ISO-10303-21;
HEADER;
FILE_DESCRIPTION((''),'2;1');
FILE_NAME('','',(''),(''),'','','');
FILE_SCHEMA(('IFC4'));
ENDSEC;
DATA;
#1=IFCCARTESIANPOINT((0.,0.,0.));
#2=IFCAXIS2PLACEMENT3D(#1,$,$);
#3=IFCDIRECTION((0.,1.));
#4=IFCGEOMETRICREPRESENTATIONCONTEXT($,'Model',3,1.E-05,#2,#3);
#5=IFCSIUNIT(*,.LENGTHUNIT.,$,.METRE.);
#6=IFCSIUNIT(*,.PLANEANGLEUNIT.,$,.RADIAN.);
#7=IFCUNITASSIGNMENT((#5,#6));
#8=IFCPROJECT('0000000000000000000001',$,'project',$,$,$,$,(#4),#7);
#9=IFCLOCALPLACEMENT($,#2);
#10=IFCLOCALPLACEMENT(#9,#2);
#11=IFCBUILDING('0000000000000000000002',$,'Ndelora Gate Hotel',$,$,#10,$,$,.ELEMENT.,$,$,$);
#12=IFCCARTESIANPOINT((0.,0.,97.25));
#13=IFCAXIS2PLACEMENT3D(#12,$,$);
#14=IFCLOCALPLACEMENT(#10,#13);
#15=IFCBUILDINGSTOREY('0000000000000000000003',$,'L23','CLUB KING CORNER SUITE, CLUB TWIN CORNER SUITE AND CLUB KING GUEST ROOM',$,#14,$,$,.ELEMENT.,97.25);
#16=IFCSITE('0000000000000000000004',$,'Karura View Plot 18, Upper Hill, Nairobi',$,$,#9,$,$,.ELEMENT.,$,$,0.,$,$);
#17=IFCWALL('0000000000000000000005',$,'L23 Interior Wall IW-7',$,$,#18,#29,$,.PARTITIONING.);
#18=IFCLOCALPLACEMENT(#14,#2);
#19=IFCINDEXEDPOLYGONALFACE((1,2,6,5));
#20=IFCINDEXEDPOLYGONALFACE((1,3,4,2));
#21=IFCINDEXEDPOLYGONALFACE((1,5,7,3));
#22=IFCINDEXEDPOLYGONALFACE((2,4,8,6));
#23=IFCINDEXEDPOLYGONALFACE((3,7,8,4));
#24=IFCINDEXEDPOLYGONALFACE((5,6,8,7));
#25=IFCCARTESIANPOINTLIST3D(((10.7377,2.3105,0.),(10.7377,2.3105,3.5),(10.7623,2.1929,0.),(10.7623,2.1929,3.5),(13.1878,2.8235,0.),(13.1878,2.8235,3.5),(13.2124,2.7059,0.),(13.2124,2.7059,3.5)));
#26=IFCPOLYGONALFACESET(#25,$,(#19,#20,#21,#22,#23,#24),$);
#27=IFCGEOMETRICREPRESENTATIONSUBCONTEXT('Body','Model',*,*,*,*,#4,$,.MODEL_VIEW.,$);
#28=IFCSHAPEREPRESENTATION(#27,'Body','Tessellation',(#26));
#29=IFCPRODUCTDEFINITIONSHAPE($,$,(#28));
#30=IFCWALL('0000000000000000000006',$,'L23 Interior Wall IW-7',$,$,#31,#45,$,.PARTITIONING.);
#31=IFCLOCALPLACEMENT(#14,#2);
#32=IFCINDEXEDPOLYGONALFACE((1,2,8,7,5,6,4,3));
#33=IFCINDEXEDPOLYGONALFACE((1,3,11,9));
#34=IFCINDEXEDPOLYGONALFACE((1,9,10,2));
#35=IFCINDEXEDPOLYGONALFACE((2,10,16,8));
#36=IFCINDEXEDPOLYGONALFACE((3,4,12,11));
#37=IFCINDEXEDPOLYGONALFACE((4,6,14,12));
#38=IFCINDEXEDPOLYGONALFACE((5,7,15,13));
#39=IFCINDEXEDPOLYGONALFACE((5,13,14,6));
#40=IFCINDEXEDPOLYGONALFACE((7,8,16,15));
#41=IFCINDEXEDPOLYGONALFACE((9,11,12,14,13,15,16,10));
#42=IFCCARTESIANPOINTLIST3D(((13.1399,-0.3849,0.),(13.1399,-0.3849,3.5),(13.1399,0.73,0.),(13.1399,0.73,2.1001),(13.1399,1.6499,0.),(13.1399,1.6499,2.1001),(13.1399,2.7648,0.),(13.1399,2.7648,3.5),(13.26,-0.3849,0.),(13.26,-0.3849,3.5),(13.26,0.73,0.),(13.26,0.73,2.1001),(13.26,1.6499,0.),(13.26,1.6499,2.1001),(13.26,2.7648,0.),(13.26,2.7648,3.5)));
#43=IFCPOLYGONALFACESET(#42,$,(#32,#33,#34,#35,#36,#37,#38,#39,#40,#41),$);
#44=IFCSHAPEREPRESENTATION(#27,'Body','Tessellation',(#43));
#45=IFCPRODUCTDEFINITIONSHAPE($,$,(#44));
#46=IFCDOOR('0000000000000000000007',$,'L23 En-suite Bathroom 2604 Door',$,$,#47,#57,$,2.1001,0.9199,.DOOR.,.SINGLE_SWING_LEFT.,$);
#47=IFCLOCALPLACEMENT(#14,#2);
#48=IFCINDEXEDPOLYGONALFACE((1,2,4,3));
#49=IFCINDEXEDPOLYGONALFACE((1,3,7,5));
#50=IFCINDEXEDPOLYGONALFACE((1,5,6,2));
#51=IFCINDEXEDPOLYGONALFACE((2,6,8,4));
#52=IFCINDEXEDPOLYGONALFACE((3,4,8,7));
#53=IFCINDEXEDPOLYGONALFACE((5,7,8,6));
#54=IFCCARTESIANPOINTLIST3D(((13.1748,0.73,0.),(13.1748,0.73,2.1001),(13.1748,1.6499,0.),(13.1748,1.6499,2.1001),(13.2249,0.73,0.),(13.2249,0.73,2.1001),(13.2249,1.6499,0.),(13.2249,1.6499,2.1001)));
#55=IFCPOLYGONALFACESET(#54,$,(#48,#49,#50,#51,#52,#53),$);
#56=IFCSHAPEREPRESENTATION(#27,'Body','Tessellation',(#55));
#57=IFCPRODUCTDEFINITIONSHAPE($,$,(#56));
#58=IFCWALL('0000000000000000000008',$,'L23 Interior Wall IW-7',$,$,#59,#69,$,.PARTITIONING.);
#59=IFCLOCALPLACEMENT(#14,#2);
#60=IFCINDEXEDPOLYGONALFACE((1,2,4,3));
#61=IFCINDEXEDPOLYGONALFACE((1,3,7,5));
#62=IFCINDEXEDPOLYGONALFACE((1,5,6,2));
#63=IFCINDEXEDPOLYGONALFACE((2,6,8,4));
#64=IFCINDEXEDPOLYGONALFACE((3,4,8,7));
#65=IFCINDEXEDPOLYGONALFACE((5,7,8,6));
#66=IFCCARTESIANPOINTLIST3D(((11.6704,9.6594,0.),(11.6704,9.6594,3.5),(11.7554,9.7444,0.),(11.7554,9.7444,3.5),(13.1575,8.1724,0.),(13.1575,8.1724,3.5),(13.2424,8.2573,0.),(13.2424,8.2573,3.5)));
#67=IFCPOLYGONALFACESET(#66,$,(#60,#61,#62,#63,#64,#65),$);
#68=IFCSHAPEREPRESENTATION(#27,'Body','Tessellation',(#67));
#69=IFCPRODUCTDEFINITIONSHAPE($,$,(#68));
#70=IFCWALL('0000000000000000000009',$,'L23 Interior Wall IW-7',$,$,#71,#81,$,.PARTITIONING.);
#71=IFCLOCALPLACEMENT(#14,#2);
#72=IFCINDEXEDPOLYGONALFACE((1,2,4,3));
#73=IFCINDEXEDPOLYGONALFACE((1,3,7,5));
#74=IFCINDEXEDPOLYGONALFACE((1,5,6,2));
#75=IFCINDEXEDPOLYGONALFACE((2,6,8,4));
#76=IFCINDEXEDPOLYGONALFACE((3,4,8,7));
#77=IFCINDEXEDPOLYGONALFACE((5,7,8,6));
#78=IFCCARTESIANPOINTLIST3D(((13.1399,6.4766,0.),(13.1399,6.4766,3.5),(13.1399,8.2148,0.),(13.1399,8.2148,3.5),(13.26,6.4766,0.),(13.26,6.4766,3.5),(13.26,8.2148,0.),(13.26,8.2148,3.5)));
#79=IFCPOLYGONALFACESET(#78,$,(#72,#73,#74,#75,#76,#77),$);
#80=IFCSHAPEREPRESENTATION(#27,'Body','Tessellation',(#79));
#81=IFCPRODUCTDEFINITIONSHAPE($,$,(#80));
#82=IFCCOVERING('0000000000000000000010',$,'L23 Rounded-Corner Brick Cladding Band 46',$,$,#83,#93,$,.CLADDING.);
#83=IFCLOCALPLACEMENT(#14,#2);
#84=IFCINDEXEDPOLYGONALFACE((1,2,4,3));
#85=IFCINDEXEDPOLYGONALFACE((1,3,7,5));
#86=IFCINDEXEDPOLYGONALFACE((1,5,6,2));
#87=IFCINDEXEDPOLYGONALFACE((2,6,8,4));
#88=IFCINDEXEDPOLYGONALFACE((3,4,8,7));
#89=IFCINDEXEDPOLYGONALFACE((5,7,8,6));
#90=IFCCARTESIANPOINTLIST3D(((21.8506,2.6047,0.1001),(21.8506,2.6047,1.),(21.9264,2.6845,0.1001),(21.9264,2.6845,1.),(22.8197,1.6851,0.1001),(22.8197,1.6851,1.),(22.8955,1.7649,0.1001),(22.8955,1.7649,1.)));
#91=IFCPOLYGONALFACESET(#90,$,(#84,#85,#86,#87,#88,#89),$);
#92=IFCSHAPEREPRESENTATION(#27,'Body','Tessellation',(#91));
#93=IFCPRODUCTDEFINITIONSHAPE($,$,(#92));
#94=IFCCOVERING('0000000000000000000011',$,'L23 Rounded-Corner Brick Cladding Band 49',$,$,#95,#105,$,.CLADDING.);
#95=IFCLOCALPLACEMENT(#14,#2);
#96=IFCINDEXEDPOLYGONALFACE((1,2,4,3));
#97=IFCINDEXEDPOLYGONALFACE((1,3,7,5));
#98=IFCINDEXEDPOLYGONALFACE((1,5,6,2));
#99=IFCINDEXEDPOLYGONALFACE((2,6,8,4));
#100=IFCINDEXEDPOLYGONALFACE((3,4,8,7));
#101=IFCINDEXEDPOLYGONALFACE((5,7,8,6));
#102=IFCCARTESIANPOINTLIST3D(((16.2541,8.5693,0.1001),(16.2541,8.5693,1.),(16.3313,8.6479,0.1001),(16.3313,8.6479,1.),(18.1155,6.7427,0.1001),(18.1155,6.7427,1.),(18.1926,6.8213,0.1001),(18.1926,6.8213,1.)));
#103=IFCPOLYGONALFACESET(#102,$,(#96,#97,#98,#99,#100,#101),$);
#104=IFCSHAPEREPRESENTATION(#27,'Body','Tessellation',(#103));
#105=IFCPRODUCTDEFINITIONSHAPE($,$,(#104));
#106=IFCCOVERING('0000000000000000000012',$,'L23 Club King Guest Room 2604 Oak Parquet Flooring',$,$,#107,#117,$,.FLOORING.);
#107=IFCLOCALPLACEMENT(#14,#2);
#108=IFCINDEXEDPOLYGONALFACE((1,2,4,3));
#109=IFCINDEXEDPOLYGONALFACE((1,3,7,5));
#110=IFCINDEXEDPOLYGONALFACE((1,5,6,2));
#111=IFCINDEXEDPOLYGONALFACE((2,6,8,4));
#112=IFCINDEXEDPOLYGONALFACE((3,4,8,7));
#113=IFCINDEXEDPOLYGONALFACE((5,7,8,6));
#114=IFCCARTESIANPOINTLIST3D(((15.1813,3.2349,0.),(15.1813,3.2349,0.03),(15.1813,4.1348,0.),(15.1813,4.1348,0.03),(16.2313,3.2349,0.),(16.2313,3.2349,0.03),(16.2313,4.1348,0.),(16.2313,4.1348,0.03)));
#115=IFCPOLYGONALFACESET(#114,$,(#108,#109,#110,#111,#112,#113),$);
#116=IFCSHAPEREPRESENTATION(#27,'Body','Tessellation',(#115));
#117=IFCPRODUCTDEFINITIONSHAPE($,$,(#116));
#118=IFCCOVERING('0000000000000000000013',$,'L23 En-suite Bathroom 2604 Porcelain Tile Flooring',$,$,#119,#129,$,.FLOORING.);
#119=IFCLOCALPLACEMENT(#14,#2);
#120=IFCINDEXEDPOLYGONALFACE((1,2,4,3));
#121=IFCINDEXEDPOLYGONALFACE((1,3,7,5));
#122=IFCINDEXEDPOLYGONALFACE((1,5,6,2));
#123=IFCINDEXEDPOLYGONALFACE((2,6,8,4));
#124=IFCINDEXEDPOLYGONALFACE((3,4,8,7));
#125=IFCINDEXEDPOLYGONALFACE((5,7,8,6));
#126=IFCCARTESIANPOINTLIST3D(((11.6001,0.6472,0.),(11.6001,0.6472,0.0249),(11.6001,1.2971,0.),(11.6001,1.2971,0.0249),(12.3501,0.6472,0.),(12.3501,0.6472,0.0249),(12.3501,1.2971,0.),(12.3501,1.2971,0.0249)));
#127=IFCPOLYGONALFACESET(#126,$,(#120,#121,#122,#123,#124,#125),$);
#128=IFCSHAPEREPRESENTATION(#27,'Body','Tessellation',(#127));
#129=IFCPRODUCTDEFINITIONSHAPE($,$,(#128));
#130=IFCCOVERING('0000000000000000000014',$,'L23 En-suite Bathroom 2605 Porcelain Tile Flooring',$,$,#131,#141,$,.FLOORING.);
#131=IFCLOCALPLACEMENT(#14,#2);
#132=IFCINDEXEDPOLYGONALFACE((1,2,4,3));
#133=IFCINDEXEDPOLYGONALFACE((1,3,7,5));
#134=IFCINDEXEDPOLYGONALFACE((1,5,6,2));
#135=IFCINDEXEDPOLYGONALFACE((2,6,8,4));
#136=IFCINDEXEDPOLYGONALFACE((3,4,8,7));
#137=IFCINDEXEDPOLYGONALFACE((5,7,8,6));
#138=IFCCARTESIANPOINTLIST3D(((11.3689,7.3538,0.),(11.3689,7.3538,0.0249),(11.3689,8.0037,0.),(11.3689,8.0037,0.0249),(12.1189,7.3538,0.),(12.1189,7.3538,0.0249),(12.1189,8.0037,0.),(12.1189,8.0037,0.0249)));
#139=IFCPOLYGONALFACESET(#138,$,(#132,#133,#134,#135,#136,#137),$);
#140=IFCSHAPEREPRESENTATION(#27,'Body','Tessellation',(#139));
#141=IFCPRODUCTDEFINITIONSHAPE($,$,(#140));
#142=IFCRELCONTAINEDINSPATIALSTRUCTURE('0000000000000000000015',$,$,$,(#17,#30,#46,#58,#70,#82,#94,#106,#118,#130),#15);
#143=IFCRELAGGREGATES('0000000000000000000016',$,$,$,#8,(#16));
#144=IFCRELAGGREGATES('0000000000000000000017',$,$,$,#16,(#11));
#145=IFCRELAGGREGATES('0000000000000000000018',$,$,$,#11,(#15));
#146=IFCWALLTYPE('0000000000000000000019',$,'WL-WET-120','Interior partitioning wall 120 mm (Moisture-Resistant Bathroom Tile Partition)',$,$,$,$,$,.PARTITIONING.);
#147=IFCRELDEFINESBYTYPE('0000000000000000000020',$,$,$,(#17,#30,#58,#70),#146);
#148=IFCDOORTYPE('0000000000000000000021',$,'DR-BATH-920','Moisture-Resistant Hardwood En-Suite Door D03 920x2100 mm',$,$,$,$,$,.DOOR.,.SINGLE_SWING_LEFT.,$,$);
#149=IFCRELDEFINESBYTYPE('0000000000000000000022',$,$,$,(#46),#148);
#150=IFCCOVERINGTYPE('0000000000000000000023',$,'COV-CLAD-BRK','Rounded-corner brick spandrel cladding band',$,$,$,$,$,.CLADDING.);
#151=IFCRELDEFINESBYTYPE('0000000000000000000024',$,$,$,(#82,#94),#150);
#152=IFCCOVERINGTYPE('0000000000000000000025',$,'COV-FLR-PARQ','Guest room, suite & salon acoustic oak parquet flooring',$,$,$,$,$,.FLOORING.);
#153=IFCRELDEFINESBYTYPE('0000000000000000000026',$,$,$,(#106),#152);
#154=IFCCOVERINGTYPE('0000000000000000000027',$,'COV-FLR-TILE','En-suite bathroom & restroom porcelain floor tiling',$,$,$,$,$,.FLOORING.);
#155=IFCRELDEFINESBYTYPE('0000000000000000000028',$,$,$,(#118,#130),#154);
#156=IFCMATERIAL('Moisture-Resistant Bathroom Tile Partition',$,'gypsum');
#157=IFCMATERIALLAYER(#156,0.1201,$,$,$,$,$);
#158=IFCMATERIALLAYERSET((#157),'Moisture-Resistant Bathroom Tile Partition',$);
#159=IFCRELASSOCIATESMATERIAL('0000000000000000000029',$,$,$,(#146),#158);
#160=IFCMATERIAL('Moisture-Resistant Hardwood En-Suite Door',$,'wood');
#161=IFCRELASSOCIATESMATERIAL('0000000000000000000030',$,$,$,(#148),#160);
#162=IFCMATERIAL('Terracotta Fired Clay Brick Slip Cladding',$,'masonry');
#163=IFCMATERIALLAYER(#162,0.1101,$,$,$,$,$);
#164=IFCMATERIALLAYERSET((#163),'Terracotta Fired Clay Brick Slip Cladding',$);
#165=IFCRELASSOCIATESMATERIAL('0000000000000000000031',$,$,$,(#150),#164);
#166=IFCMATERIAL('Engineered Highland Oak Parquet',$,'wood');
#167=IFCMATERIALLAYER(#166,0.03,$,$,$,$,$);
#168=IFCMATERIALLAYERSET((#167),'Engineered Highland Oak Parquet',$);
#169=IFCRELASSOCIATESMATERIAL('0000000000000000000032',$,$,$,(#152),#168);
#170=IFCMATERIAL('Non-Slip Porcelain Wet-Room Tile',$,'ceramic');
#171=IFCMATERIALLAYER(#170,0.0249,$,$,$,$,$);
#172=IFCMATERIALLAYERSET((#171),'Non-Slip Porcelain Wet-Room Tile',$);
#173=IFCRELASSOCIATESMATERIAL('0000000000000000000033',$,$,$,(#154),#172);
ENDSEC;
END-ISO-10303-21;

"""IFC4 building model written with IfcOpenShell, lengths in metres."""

from ifc_helpers import new_model, si_unit, direction, frame, frame_2d, origin, origin_2d, place, context, subcontext, project, spatial, rectangle, extrude, material, layer, layer_set, type_object, element, fill, save


model = new_model("IFC4")

# Units and contexts
model_context = context("Model", 3, precision=1e-05, world=origin(), true_north=direction((0.0, 1.0)))
body_context = subcontext(model_context, "Body", "Model", "MODEL_VIEW")
ifc_project = project(units=[si_unit("LENGTHUNIT", "METRE"), si_unit("PLANEANGLEUNIT", "RADIAN")], contexts=[model_context])

# Site, building, storey
site_placement = place(None, origin())
site = spatial("IfcSite", under=ifc_project, at=site_placement, Name="Karura View Plot 18, Upper Hill, Nairobi", CompositionType="ELEMENT", RefElevation=0.0)
building_placement = place(site_placement, origin())
building = spatial("IfcBuilding", under=site, at=building_placement, Name="Ndelora Gate Hotel", CompositionType="ELEMENT")
storey_placement = place(building_placement, frame((0.0, 0.0, 97.25)))
storey = spatial("IfcBuildingStorey", under=building, at=storey_placement, Name="L23", Description="CLUB KING CORNER SUITE, CLUB TWIN CORNER SUITE AND CLUB KING GUEST ROOM", CompositionType="ELEMENT", Elevation=97.25)

# Wall
ifc_material_1 = material(Name="Moisture-Resistant Bathroom Tile Partition", Category="gypsum")
ifc_layer_1 = layer(ifc_material_1, 0.1201)
ifc_layer_set_1 = layer_set([ifc_layer_1], Name="Moisture-Resistant Bathroom Tile Partition")
wall_type_1 = type_object("IfcWallType", Name="WL-WET-120", Description="Interior partitioning wall 120 mm (Moisture-Resistant Bathroom Tile Partition)", PredefinedType="PARTITIONING", material=ifc_layer_set_1)
wall_1_placement = place(storey_placement, frame((13.2, 2.7646, 0.0), z_axis=(0.0, 0.0, 1.0), x_axis=(-0.978778, -0.204924, 0.0)))
element("IfcWall", 1, at=wall_1_placement, inside=storey, type_object=wall_type_1, Name="L23 Interior Wall IW-7", PredefinedType="PARTITIONING", context=body_context, shape_type="SweptSolid", body=[
    extrude(rectangle(XDim=2.5032, YDim=0.1201, at=frame_2d((1.2515, 0.0))), origin(), (0.0, 0.0, 1.0), 3.5),
])

# Wall, opening, door
wall_2_placement = place(storey_placement, frame((13.2, 2.7646, 0.0), z_axis=(0.0, 0.0, 1.0), x_axis=(0.0, -1.0, 0.0)))
wall_2 = element("IfcWall", 2, at=wall_2_placement, inside=storey, type_object=wall_type_1, Name="L23 Interior Wall IW-7", PredefinedType="PARTITIONING", context=body_context, shape_type="SweptSolid", body=[
    extrude(rectangle(XDim=3.1497, YDim=0.1201, at=frame_2d((1.5747, 0.0))), origin(), (0.0, 0.0, 1.0), 3.5),
])
opening_1_placement = place(wall_2_placement, frame((1.1147, 0.0, 0.0)))
opening_1 = element("IfcOpeningElement", 3, at=opening_1_placement, cuts=wall_2, PredefinedType="OPENING", context=body_context, shape_type="SweptSolid", body=[
    extrude(rectangle(XDim=0.9199, YDim=2.1001, at=frame_2d((0.46, 1.05))), frame((0.0, 0.0701, 0.0), z_axis=(0.0, -1.0, 0.0), x_axis=(1.0, 0.0, 0.0)), (0.0, 0.0, 1.0), 0.1401),
])
ifc_material_2 = material(Name="Moisture-Resistant Hardwood En-Suite Door", Category="wood")
door_type = type_object("IfcDoorType", Name="DR-BATH-920", Description="Moisture-Resistant Hardwood En-Suite Door D03 920x2100 mm", OperationType="SINGLE_SWING_LEFT", PredefinedType="DOOR", material=ifc_material_2)
door_placement = place(opening_1_placement, origin())
door = element("IfcDoor", 4, at=door_placement, inside=storey, type_object=door_type, Name="L23 En-suite Bathroom 2604 Door", OperationType="SINGLE_SWING_LEFT", OverallHeight=2.1001, OverallWidth=0.9199, PredefinedType="DOOR", context=body_context, shape_type="SweptSolid", body=[
    extrude(rectangle(XDim=0.9199, YDim=2.1001, at=frame_2d((0.46, 1.05))), frame((0.0, 0.0249, 0.0), z_axis=(0.0, -1.0, 0.0), x_axis=(1.0, 0.0, 0.0)), (0.0, 0.0, 1.0), 0.05),
])
fill(opening_1, door)

# Walls
wall_3_placement = place(storey_placement, frame((11.7129, 9.7019, 0.0), z_axis=(0.0, 0.0, 1.0), x_axis=(0.707107, -0.707107, 0.0)))
element("IfcWall", 5, at=wall_3_placement, inside=storey, type_object=wall_type_1, Name="L23 Interior Wall IW-7", PredefinedType="PARTITIONING", context=body_context, shape_type="SweptSolid", body=[
    extrude(rectangle(XDim=2.103, YDim=0.1201, at=frame_2d((1.0515, 0.0))), origin(), (0.0, 0.0, 1.0), 3.5),
])
wall_4_placement = place(storey_placement, frame((13.2, 6.4766, 0.0), z_axis=(0.0, 0.0, 1.0), x_axis=(0.0, 1.0, 0.0)))
element("IfcWall", 6, at=wall_4_placement, inside=storey, type_object=wall_type_1, Name="L23 Interior Wall IW-7", PredefinedType="PARTITIONING", context=body_context, shape_type="SweptSolid", body=[
    extrude(rectangle(XDim=1.7383, YDim=0.1201, at=frame_2d((0.8691, 0.0))), origin(), (0.0, 0.0, 1.0), 3.5),
])

# Coverings
ifc_material_3 = material(Name="Terracotta Fired Clay Brick Slip Cladding", Category="masonry")
ifc_layer_2 = layer(ifc_material_3, 0.1101)
ifc_layer_set_2 = layer_set([ifc_layer_2], Name="Terracotta Fired Clay Brick Slip Cladding")
covering_type_1 = type_object("IfcCoveringType", Name="COV-CLAD-BRK", Description="Rounded-corner brick spandrel cladding band", PredefinedType="CLADDING", material=ifc_layer_set_2)
covering_1_placement = place(storey_placement, frame((22.373, 2.1848, 0.1001), z_axis=(0.0, 0.0, 1.0), x_axis=(-0.725374, 0.688355, 0.0)))
element("IfcCovering", 7, at=covering_1_placement, inside=storey, type_object=covering_type_1, Name="L23 Rounded-Corner Brick Cladding Band 46", PredefinedType="CLADDING", context=body_context, shape_type="SweptSolid", body=[
    extrude(rectangle(XDim=1.3359, YDim=0.1101, at=origin_2d()), origin(), (0.0, 0.0, 1.0), 0.8999),
])
covering_2_placement = place(storey_placement, frame((17.2234, 7.6953, 0.1001), z_axis=(0.0, 0.0, 1.0), x_axis=(-0.71374, 0.700411, 0.0)))
element("IfcCovering", 8, at=covering_2_placement, inside=storey, type_object=covering_type_1, Name="L23 Rounded-Corner Brick Cladding Band 49", PredefinedType="CLADDING", context=body_context, shape_type="SweptSolid", body=[
    extrude(rectangle(XDim=2.6079, YDim=0.1101, at=origin_2d()), origin(), (0.0, 0.0, 1.0), 0.8999),
])
ifc_material_4 = material(Name="Engineered Highland Oak Parquet", Category="wood")
ifc_layer_3 = layer(ifc_material_4, 0.03)
ifc_layer_set_3 = layer_set([ifc_layer_3], Name="Engineered Highland Oak Parquet")
covering_type_2 = type_object("IfcCoveringType", Name="COV-FLR-PARQ", Description="Guest room, suite & salon acoustic oak parquet flooring", PredefinedType="FLOORING", material=ifc_layer_set_3)
covering_3_placement = place(storey_placement, frame((15.7063, 3.6848, 0.0), z_axis=(0.0, 0.0, 1.0), x_axis=(1.0, 0.0, 0.0)))
element("IfcCovering", 9, at=covering_3_placement, inside=storey, type_object=covering_type_2, Name="L23 Club King Guest Room 2604 Oak Parquet Flooring", PredefinedType="FLOORING", context=body_context, shape_type="SweptSolid", body=[
    extrude(rectangle(XDim=1.05, YDim=0.8999, at=origin_2d()), origin(), (0.0, 0.0, 1.0), 0.03),
])
ifc_material_5 = material(Name="Non-Slip Porcelain Wet-Room Tile", Category="ceramic")
ifc_layer_4 = layer(ifc_material_5, 0.0249)
ifc_layer_set_4 = layer_set([ifc_layer_4], Name="Non-Slip Porcelain Wet-Room Tile")
covering_type_3 = type_object("IfcCoveringType", Name="COV-FLR-TILE", Description="En-suite bathroom & restroom porcelain floor tiling", PredefinedType="FLOORING", material=ifc_layer_set_4)
for number, where, z_axis, x_axis, name in (
    (10, (11.9751, 0.9722, 0.0), (0.0, 0.0, 1.0), (1.0, 0.0, 0.0), "L23 En-suite Bathroom 2604 Porcelain Tile Flooring"),
    (11, (11.7439, 7.6787, 0.0), (0.0, 0.0, 1.0), (1.0, 0.0, 0.0), "L23 En-suite Bathroom 2605 Porcelain Tile Flooring"),
):
    element("IfcCovering", number, at=place(storey_placement, frame(where, z_axis=z_axis, x_axis=x_axis)), inside=storey, type_object=covering_type_3, Name=name, PredefinedType="FLOORING", context=body_context, shape_type="SweptSolid", body=[
        extrude(rectangle(XDim=0.75, YDim=0.6499, at=origin_2d()), origin(), (0.0, 0.0, 1.0), 0.0249),
    ])

save(model, "model.ifc")
